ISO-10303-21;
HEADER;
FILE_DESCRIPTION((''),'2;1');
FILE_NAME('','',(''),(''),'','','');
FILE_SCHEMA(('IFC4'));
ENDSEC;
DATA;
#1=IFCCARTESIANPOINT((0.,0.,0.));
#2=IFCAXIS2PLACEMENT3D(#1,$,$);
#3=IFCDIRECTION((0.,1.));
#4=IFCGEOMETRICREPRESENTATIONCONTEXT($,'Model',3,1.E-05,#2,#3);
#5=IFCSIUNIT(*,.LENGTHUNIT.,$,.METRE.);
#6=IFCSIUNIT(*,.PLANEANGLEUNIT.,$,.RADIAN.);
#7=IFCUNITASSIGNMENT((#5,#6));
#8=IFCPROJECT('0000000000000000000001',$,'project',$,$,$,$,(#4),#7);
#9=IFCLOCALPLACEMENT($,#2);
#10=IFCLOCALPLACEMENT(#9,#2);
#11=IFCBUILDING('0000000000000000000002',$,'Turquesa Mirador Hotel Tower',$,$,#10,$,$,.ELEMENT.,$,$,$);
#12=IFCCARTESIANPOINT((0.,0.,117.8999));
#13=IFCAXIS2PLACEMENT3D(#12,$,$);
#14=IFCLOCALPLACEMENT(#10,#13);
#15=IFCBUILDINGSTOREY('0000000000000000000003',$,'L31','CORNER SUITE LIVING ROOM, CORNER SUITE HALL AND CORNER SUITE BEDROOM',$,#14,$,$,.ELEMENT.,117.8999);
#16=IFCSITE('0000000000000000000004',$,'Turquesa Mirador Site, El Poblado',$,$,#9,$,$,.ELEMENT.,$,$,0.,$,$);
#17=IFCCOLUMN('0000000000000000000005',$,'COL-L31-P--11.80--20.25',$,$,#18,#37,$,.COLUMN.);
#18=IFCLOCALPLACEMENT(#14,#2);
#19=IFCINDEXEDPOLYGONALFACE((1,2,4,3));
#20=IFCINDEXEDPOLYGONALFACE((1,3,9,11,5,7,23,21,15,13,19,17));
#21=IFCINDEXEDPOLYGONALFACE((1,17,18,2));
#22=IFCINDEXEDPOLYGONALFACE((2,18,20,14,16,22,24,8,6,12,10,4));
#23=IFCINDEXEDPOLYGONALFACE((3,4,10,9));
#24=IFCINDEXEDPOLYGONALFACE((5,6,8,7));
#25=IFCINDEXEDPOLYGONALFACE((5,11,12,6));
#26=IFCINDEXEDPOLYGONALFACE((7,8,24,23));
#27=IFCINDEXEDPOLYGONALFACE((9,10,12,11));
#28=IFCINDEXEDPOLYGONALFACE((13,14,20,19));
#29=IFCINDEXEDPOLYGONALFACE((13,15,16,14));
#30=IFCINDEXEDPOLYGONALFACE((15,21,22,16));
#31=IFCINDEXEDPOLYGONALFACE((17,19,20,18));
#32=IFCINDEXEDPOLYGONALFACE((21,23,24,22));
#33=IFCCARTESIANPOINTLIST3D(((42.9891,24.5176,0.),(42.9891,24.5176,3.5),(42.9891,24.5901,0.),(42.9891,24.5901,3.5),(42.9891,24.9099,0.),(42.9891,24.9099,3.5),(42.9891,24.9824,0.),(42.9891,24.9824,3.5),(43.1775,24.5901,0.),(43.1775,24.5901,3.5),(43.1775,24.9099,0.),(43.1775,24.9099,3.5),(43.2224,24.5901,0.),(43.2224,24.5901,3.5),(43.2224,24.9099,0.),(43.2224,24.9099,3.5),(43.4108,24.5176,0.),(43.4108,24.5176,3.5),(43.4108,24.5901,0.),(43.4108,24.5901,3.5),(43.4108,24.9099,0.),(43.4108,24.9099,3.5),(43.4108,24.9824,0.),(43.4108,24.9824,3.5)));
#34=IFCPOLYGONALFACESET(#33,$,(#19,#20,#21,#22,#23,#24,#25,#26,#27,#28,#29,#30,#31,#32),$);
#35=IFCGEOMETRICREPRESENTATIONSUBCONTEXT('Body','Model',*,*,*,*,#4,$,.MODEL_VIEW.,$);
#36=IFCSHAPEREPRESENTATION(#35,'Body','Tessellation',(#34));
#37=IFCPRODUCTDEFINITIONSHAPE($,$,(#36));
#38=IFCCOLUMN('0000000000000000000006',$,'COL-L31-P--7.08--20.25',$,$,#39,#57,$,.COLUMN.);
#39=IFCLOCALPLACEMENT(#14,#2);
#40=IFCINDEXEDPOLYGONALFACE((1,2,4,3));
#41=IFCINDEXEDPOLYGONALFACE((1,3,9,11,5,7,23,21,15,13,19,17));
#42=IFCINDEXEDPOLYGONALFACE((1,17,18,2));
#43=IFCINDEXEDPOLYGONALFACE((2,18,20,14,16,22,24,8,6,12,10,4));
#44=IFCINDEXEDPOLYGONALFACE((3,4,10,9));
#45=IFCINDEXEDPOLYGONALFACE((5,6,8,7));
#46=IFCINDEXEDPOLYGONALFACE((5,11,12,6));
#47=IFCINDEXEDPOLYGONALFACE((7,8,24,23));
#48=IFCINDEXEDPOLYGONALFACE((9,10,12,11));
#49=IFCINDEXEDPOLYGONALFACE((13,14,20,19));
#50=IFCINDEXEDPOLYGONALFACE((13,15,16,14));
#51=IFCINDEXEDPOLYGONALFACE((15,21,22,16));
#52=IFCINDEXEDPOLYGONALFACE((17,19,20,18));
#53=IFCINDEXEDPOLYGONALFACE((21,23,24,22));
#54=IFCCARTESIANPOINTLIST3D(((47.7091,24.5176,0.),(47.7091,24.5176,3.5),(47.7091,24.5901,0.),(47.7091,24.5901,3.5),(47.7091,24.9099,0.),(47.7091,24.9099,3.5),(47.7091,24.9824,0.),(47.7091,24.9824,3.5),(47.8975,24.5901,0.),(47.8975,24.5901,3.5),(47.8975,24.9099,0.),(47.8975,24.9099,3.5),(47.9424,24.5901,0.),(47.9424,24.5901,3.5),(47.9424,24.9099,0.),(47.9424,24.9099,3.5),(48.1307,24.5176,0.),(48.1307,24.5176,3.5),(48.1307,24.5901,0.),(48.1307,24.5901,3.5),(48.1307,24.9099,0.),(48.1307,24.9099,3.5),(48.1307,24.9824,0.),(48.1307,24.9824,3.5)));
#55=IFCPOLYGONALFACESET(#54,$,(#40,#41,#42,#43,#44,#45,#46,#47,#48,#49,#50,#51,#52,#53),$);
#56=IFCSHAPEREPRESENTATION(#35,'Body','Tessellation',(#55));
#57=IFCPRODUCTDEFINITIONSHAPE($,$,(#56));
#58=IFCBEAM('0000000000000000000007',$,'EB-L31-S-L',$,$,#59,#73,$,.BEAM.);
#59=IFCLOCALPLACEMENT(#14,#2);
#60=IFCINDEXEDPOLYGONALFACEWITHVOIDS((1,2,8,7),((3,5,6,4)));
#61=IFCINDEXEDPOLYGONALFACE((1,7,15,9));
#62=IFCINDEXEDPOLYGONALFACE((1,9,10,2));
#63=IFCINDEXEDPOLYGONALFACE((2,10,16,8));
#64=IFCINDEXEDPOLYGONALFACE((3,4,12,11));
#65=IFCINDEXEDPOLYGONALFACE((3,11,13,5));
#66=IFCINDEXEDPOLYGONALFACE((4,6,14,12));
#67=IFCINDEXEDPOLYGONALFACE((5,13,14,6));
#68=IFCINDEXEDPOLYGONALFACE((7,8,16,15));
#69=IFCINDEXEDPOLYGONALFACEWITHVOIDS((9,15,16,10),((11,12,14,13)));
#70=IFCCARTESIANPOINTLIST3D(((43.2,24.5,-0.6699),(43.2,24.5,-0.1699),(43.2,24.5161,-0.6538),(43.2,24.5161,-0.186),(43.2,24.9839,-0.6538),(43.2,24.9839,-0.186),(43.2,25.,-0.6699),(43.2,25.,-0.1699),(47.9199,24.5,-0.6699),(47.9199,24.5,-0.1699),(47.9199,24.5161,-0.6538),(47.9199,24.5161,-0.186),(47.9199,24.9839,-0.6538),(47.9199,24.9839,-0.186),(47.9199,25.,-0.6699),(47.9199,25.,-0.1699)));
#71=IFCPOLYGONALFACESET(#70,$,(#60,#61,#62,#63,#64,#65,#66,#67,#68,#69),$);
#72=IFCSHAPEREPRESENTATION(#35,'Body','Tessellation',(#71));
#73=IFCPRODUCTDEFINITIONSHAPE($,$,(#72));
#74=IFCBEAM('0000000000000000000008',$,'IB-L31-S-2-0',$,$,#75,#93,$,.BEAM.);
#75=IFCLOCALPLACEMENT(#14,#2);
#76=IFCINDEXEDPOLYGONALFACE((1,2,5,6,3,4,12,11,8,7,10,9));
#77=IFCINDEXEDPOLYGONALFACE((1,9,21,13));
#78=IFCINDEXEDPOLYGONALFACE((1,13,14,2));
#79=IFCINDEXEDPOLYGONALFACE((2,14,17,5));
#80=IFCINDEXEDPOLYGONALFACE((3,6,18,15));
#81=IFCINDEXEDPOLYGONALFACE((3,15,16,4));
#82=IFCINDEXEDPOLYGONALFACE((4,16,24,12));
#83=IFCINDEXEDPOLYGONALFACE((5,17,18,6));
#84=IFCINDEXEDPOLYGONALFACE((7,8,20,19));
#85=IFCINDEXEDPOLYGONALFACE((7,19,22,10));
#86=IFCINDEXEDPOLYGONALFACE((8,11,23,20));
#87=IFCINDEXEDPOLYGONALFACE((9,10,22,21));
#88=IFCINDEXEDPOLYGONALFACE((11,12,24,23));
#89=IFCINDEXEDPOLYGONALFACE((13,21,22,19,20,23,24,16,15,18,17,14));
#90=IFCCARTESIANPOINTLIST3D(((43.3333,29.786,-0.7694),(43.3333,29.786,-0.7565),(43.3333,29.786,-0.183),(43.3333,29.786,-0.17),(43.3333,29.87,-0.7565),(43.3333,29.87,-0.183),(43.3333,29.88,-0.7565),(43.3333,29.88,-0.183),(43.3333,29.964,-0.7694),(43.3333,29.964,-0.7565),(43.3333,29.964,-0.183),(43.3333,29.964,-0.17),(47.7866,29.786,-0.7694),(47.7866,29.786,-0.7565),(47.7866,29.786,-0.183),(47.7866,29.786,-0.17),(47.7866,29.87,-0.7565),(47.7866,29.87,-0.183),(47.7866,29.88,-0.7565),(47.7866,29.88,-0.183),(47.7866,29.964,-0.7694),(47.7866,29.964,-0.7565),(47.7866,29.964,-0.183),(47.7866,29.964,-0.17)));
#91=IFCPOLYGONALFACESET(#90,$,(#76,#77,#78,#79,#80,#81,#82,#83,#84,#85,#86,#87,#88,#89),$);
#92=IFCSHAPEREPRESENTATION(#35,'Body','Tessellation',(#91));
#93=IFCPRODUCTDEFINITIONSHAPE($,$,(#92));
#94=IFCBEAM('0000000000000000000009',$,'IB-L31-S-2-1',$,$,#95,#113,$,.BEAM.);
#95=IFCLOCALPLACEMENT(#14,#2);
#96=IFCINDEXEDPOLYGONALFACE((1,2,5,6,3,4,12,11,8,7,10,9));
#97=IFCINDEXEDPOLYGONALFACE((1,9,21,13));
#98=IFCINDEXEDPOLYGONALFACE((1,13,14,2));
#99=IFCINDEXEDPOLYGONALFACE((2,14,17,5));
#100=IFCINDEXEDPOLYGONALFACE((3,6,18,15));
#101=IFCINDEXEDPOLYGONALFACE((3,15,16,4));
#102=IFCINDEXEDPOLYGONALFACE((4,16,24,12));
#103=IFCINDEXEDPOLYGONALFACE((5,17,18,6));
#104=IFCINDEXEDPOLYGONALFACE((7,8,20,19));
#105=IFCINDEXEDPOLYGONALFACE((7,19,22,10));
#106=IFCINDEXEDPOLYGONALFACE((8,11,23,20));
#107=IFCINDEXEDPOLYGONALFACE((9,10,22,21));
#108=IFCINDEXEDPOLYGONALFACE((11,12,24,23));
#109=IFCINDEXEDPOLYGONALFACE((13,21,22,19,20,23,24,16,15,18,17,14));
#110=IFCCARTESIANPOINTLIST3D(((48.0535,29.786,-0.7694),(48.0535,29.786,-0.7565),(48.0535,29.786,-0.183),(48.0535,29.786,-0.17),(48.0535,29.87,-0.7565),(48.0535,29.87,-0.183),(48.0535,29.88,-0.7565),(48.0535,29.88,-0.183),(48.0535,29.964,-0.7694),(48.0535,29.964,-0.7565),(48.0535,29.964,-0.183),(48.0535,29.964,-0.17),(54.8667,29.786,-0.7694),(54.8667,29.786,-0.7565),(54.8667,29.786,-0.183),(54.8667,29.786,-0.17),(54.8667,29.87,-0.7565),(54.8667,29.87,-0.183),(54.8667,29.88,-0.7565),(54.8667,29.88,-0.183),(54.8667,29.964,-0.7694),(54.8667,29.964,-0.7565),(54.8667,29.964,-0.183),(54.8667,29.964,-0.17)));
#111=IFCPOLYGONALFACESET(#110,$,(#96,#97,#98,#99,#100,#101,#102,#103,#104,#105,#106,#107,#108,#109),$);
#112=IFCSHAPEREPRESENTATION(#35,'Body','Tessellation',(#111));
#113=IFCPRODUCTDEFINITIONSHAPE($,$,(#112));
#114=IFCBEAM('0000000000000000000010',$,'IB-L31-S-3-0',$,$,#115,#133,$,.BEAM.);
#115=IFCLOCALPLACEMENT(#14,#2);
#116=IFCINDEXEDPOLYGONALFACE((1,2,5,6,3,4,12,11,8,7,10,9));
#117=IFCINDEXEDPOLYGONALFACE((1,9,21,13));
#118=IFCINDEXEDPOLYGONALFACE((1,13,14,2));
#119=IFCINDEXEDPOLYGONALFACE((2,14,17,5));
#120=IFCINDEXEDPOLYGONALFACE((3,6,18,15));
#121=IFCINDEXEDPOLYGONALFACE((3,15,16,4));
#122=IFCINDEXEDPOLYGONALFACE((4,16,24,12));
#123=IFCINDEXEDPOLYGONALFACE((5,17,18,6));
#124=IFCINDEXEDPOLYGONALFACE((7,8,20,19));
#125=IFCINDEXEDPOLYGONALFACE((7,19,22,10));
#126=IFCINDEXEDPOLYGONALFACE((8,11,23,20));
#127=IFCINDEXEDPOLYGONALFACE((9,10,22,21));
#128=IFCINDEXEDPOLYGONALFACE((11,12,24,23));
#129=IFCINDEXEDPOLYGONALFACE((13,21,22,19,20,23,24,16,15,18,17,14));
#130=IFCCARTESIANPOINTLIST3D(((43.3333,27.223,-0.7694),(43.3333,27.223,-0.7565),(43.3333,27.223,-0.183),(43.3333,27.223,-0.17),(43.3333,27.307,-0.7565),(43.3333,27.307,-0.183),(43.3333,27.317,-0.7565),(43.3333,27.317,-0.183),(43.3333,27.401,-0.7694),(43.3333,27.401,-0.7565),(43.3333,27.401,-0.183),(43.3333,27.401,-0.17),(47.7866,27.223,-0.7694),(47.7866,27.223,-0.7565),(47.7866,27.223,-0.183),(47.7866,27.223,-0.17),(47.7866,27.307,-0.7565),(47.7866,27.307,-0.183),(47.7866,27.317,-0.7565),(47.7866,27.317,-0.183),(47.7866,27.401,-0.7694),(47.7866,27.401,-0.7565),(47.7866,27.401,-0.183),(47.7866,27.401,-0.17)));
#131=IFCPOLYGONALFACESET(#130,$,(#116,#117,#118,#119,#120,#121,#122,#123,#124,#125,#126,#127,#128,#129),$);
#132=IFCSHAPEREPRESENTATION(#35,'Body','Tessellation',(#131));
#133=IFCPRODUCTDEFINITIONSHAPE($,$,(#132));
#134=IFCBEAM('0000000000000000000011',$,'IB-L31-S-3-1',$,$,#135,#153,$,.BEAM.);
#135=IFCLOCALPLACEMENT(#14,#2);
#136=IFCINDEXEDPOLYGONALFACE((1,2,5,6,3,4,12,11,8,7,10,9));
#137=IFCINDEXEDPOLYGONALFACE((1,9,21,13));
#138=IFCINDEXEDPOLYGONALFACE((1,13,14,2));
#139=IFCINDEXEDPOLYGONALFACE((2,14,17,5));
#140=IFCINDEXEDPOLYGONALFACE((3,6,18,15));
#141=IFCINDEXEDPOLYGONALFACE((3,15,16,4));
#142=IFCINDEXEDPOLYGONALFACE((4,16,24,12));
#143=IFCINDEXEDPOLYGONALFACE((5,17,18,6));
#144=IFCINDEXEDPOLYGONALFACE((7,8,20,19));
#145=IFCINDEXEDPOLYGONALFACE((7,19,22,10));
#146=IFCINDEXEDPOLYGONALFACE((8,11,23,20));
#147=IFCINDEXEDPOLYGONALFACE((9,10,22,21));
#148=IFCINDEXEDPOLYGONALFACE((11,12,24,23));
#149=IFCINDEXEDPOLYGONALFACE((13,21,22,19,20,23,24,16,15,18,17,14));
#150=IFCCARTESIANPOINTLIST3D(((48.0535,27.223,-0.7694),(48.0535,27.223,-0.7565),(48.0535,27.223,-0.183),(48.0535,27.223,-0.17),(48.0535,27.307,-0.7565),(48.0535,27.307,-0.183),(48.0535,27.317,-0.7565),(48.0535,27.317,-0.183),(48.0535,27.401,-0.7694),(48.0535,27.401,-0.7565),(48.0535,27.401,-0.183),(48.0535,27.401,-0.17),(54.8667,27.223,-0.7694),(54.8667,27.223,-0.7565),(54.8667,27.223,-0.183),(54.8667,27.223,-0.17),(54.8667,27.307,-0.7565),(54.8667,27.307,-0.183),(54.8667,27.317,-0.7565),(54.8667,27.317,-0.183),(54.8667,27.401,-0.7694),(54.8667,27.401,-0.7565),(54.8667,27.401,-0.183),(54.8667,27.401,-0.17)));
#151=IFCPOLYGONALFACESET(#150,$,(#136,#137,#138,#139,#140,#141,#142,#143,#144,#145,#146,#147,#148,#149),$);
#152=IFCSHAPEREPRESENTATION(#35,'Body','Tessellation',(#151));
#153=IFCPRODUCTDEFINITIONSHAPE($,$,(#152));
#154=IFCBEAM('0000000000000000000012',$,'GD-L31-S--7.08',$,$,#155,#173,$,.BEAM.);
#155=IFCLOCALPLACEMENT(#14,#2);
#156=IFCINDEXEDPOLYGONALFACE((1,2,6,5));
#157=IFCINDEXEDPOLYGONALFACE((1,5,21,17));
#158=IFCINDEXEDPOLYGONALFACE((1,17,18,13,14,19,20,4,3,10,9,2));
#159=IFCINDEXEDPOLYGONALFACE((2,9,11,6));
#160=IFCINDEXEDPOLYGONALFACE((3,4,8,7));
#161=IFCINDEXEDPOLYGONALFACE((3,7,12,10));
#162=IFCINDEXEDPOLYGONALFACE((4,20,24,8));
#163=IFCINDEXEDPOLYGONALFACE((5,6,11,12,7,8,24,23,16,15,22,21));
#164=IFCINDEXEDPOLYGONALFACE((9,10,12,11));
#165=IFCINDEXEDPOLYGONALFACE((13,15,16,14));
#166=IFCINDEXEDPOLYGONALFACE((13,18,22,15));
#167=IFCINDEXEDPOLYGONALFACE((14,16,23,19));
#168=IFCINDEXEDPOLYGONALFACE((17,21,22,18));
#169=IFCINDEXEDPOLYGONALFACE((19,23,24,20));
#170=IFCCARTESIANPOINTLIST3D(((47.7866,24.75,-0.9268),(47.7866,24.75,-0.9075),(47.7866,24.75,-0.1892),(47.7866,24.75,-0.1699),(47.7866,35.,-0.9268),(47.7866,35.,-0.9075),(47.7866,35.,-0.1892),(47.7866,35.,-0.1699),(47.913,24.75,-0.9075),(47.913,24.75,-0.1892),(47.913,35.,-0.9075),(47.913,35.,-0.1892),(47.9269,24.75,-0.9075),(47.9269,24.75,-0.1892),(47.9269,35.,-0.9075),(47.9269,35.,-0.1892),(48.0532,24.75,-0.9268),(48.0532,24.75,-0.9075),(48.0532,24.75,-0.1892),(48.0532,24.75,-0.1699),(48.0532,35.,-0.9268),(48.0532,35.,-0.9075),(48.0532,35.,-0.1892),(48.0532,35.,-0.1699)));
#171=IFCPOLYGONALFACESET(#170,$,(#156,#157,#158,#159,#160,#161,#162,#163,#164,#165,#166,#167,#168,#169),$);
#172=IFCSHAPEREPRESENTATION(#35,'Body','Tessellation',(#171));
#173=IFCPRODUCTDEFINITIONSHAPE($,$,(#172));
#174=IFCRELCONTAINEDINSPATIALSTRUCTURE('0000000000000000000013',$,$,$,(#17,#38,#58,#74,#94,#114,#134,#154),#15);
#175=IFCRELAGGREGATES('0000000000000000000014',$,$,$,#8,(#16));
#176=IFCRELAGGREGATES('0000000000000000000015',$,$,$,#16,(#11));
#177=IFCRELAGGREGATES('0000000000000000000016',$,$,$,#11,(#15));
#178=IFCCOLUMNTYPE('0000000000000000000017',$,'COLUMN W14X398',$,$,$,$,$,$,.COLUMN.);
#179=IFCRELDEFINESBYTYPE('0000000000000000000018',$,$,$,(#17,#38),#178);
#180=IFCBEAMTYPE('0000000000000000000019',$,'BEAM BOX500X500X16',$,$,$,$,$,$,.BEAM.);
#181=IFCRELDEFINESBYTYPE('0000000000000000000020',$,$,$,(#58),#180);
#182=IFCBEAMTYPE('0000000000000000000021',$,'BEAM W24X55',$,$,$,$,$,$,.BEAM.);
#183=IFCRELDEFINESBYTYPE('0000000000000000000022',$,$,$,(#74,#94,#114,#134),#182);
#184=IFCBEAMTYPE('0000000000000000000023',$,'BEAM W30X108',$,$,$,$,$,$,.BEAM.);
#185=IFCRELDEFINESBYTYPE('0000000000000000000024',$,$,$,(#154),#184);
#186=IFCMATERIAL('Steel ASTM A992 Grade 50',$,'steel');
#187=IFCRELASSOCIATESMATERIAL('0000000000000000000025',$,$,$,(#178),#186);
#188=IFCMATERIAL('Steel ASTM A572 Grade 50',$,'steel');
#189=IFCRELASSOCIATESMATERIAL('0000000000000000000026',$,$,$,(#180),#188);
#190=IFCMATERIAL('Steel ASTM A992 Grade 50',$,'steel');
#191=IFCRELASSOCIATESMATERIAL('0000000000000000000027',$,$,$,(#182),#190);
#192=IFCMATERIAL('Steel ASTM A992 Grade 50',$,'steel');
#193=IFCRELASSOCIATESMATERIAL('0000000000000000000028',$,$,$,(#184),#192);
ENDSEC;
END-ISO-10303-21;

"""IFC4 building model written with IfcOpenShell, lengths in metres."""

from ifc_helpers import new_model, si_unit, direction, frame, origin, origin_2d, place, context, subcontext, project, spatial, hollow_rectangle, i_section, extrude, material, material_profile, profile_set, type_object, element, save


model = new_model("IFC4")

# Units and contexts
model_context = context("Model", 3, precision=1e-05, world=origin(), true_north=direction((0.0, 1.0)))
body_context = subcontext(model_context, "Body", "Model", "MODEL_VIEW")
ifc_project = project(units=[si_unit("LENGTHUNIT", "METRE"), si_unit("PLANEANGLEUNIT", "RADIAN")], contexts=[model_context])

# Site, building, storey
site_placement = place(None, origin())
site = spatial("IfcSite", under=ifc_project, at=site_placement, Name="Turquesa Mirador Site, El Poblado", CompositionType="ELEMENT", RefElevation=0.0)
building_placement = place(site_placement, origin())
building = spatial("IfcBuilding", under=site, at=building_placement, Name="Turquesa Mirador Hotel Tower", CompositionType="ELEMENT")
storey_placement = place(building_placement, frame((0.0, 0.0, 117.8999)))
storey = spatial("IfcBuildingStorey", under=building, at=storey_placement, Name="L31", Description="CORNER SUITE LIVING ROOM, CORNER SUITE HALL AND CORNER SUITE BEDROOM", CompositionType="ELEMENT", Elevation=117.8999)

# Columns
ifc_material_1 = material(Name="Steel ASTM A992 Grade 50", Category="steel")
ifc_material_profile_1 = material_profile(ifc_material_1, i_section(OverallWidth=0.4216, OverallDepth=0.4648, WebThickness=0.0449, FlangeThickness=0.0725, at=origin_2d()), Name="W14X398")
ifc_profile_set_1 = profile_set([ifc_material_profile_1], Name="Steel ASTM A992 Grade 50")
column_type = type_object("IfcColumnType", Name="COLUMN W14X398", PredefinedType="COLUMN", material=ifc_profile_set_1)
for number, where, z_axis, x_axis, name in (
    (1, (43.2, 24.75, 0.0), (0.0, 0.0, 1.0), (1.0, 0.0, 0.0), "COL-L31-P--11.80--20.25"),
    (2, (47.9199, 24.75, 0.0), (0.0, 0.0, 1.0), (1.0, 0.0, 0.0), "COL-L31-P--7.08--20.25"),
):
    element("IfcColumn", number, at=place(storey_placement, frame(where, z_axis=z_axis, x_axis=x_axis)), inside=storey, type_object=column_type, Name=name, PredefinedType="COLUMN", context=body_context, shape_type="SweptSolid", body=[
        extrude(i_section(OverallWidth=0.4216, OverallDepth=0.4648, WebThickness=0.0449, FlangeThickness=0.0725, at=origin_2d()), origin(), (0.0, 0.0, 1.0), 3.5),
    ])

# Beams
ifc_material_2 = material(Name="Steel ASTM A572 Grade 50", Category="steel")
ifc_material_profile_2 = material_profile(ifc_material_2, hollow_rectangle(XDim=0.5, YDim=0.5, WallThickness=0.0161, at=origin_2d()), Name="BOX500X500X16")
ifc_profile_set_2 = profile_set([ifc_material_profile_2], Name="Steel ASTM A572 Grade 50")
beam_type_1 = type_object("IfcBeamType", Name="BEAM BOX500X500X16", PredefinedType="BEAM", material=ifc_profile_set_2)
beam_1_placement = place(storey_placement, frame((43.2, 24.75, -0.4199), z_axis=(1.0, 0.0, 0.0), x_axis=(0.0, 1.0, 0.0)))
element("IfcBeam", 3, at=beam_1_placement, inside=storey, type_object=beam_type_1, Name="EB-L31-S-L", PredefinedType="BEAM", context=body_context, shape_type="SweptSolid", body=[
    extrude(hollow_rectangle(XDim=0.5, YDim=0.5, WallThickness=0.0161, at=origin_2d()), origin(), (0.0, 0.0, 1.0), 4.72),
])
ifc_material_3 = material(Name="Steel ASTM A992 Grade 50", Category="steel")
ifc_material_profile_3 = material_profile(ifc_material_3, i_section(OverallWidth=0.178, OverallDepth=0.5994, WebThickness=0.01, FlangeThickness=0.0129, at=origin_2d()), Name="W24X55")
ifc_profile_set_3 = profile_set([ifc_material_profile_3], Name="Steel ASTM A992 Grade 50")
beam_type_2 = type_object("IfcBeamType", Name="BEAM W24X55", PredefinedType="BEAM", material=ifc_profile_set_3)
beam_2_placement = place(storey_placement, frame((43.3333, 29.875, -0.4697), z_axis=(1.0, 0.0, 0.0), x_axis=(0.0, 1.0, 0.0)))
element("IfcBeam", 4, at=beam_2_placement, inside=storey, type_object=beam_type_2, Name="IB-L31-S-2-0", PredefinedType="BEAM", context=body_context, shape_type="SweptSolid", body=[
    extrude(i_section(OverallWidth=0.178, OverallDepth=0.5994, WebThickness=0.01, FlangeThickness=0.0129, at=origin_2d()), origin(), (0.0, 0.0, 1.0), 4.4534),
])
beam_3_placement = place(storey_placement, frame((48.0535, 29.875, -0.4697), z_axis=(1.0, 0.0, 0.0), x_axis=(0.0, 1.0, 0.0)))
element("IfcBeam", 5, at=beam_3_placement, inside=storey, type_object=beam_type_2, Name="IB-L31-S-2-1", PredefinedType="BEAM", context=body_context, shape_type="SweptSolid", body=[
    extrude(i_section(OverallWidth=0.178, OverallDepth=0.5994, WebThickness=0.01, FlangeThickness=0.0129, at=origin_2d()), origin(), (0.0, 0.0, 1.0), 6.8132),
])
beam_4_placement = place(storey_placement, frame((43.3333, 27.312, -0.4697), z_axis=(1.0, 0.0, 0.0), x_axis=(0.0, 1.0, 0.0)))
element("IfcBeam", 6, at=beam_4_placement, inside=storey, type_object=beam_type_2, Name="IB-L31-S-3-0", PredefinedType="BEAM", context=body_context, shape_type="SweptSolid", body=[
    extrude(i_section(OverallWidth=0.178, OverallDepth=0.5994, WebThickness=0.01, FlangeThickness=0.0129, at=origin_2d()), origin(), (0.0, 0.0, 1.0), 4.4534),
])
beam_5_placement = place(storey_placement, frame((48.0535, 27.312, -0.4697), z_axis=(1.0, 0.0, 0.0), x_axis=(0.0, 1.0, 0.0)))
element("IfcBeam", 7, at=beam_5_placement, inside=storey, type_object=beam_type_2, Name="IB-L31-S-3-1", PredefinedType="BEAM", context=body_context, shape_type="SweptSolid", body=[
    extrude(i_section(OverallWidth=0.178, OverallDepth=0.5994, WebThickness=0.01, FlangeThickness=0.0129, at=origin_2d()), origin(), (0.0, 0.0, 1.0), 6.8132),
])
ifc_material_4 = material(Name="Steel ASTM A992 Grade 50", Category="steel")
ifc_material_profile_4 = material_profile(ifc_material_4, i_section(OverallWidth=0.2666, OverallDepth=0.7568, WebThickness=0.0139, FlangeThickness=0.0193, at=origin_2d()), Name="W30X108")
ifc_profile_set_4 = profile_set([ifc_material_profile_4], Name="Steel ASTM A992 Grade 50")
beam_type_3 = type_object("IfcBeamType", Name="BEAM W30X108", PredefinedType="BEAM", material=ifc_profile_set_4)
beam_6_placement = place(storey_placement, frame((47.9199, 24.75, -0.5483), z_axis=(0.0, 1.0, 0.0), x_axis=(-1.0, 0.0, 0.0)))
element("IfcBeam", 8, at=beam_6_placement, inside=storey, type_object=beam_type_3, Name="GD-L31-S--7.08", PredefinedType="BEAM", context=body_context, shape_type="SweptSolid", body=[
    extrude(i_section(OverallWidth=0.2666, OverallDepth=0.7568, WebThickness=0.0139, FlangeThickness=0.0193, at=origin_2d()), origin(), (0.0, 0.0, 1.0), 10.25),
])

save(model, "model.ifc")
